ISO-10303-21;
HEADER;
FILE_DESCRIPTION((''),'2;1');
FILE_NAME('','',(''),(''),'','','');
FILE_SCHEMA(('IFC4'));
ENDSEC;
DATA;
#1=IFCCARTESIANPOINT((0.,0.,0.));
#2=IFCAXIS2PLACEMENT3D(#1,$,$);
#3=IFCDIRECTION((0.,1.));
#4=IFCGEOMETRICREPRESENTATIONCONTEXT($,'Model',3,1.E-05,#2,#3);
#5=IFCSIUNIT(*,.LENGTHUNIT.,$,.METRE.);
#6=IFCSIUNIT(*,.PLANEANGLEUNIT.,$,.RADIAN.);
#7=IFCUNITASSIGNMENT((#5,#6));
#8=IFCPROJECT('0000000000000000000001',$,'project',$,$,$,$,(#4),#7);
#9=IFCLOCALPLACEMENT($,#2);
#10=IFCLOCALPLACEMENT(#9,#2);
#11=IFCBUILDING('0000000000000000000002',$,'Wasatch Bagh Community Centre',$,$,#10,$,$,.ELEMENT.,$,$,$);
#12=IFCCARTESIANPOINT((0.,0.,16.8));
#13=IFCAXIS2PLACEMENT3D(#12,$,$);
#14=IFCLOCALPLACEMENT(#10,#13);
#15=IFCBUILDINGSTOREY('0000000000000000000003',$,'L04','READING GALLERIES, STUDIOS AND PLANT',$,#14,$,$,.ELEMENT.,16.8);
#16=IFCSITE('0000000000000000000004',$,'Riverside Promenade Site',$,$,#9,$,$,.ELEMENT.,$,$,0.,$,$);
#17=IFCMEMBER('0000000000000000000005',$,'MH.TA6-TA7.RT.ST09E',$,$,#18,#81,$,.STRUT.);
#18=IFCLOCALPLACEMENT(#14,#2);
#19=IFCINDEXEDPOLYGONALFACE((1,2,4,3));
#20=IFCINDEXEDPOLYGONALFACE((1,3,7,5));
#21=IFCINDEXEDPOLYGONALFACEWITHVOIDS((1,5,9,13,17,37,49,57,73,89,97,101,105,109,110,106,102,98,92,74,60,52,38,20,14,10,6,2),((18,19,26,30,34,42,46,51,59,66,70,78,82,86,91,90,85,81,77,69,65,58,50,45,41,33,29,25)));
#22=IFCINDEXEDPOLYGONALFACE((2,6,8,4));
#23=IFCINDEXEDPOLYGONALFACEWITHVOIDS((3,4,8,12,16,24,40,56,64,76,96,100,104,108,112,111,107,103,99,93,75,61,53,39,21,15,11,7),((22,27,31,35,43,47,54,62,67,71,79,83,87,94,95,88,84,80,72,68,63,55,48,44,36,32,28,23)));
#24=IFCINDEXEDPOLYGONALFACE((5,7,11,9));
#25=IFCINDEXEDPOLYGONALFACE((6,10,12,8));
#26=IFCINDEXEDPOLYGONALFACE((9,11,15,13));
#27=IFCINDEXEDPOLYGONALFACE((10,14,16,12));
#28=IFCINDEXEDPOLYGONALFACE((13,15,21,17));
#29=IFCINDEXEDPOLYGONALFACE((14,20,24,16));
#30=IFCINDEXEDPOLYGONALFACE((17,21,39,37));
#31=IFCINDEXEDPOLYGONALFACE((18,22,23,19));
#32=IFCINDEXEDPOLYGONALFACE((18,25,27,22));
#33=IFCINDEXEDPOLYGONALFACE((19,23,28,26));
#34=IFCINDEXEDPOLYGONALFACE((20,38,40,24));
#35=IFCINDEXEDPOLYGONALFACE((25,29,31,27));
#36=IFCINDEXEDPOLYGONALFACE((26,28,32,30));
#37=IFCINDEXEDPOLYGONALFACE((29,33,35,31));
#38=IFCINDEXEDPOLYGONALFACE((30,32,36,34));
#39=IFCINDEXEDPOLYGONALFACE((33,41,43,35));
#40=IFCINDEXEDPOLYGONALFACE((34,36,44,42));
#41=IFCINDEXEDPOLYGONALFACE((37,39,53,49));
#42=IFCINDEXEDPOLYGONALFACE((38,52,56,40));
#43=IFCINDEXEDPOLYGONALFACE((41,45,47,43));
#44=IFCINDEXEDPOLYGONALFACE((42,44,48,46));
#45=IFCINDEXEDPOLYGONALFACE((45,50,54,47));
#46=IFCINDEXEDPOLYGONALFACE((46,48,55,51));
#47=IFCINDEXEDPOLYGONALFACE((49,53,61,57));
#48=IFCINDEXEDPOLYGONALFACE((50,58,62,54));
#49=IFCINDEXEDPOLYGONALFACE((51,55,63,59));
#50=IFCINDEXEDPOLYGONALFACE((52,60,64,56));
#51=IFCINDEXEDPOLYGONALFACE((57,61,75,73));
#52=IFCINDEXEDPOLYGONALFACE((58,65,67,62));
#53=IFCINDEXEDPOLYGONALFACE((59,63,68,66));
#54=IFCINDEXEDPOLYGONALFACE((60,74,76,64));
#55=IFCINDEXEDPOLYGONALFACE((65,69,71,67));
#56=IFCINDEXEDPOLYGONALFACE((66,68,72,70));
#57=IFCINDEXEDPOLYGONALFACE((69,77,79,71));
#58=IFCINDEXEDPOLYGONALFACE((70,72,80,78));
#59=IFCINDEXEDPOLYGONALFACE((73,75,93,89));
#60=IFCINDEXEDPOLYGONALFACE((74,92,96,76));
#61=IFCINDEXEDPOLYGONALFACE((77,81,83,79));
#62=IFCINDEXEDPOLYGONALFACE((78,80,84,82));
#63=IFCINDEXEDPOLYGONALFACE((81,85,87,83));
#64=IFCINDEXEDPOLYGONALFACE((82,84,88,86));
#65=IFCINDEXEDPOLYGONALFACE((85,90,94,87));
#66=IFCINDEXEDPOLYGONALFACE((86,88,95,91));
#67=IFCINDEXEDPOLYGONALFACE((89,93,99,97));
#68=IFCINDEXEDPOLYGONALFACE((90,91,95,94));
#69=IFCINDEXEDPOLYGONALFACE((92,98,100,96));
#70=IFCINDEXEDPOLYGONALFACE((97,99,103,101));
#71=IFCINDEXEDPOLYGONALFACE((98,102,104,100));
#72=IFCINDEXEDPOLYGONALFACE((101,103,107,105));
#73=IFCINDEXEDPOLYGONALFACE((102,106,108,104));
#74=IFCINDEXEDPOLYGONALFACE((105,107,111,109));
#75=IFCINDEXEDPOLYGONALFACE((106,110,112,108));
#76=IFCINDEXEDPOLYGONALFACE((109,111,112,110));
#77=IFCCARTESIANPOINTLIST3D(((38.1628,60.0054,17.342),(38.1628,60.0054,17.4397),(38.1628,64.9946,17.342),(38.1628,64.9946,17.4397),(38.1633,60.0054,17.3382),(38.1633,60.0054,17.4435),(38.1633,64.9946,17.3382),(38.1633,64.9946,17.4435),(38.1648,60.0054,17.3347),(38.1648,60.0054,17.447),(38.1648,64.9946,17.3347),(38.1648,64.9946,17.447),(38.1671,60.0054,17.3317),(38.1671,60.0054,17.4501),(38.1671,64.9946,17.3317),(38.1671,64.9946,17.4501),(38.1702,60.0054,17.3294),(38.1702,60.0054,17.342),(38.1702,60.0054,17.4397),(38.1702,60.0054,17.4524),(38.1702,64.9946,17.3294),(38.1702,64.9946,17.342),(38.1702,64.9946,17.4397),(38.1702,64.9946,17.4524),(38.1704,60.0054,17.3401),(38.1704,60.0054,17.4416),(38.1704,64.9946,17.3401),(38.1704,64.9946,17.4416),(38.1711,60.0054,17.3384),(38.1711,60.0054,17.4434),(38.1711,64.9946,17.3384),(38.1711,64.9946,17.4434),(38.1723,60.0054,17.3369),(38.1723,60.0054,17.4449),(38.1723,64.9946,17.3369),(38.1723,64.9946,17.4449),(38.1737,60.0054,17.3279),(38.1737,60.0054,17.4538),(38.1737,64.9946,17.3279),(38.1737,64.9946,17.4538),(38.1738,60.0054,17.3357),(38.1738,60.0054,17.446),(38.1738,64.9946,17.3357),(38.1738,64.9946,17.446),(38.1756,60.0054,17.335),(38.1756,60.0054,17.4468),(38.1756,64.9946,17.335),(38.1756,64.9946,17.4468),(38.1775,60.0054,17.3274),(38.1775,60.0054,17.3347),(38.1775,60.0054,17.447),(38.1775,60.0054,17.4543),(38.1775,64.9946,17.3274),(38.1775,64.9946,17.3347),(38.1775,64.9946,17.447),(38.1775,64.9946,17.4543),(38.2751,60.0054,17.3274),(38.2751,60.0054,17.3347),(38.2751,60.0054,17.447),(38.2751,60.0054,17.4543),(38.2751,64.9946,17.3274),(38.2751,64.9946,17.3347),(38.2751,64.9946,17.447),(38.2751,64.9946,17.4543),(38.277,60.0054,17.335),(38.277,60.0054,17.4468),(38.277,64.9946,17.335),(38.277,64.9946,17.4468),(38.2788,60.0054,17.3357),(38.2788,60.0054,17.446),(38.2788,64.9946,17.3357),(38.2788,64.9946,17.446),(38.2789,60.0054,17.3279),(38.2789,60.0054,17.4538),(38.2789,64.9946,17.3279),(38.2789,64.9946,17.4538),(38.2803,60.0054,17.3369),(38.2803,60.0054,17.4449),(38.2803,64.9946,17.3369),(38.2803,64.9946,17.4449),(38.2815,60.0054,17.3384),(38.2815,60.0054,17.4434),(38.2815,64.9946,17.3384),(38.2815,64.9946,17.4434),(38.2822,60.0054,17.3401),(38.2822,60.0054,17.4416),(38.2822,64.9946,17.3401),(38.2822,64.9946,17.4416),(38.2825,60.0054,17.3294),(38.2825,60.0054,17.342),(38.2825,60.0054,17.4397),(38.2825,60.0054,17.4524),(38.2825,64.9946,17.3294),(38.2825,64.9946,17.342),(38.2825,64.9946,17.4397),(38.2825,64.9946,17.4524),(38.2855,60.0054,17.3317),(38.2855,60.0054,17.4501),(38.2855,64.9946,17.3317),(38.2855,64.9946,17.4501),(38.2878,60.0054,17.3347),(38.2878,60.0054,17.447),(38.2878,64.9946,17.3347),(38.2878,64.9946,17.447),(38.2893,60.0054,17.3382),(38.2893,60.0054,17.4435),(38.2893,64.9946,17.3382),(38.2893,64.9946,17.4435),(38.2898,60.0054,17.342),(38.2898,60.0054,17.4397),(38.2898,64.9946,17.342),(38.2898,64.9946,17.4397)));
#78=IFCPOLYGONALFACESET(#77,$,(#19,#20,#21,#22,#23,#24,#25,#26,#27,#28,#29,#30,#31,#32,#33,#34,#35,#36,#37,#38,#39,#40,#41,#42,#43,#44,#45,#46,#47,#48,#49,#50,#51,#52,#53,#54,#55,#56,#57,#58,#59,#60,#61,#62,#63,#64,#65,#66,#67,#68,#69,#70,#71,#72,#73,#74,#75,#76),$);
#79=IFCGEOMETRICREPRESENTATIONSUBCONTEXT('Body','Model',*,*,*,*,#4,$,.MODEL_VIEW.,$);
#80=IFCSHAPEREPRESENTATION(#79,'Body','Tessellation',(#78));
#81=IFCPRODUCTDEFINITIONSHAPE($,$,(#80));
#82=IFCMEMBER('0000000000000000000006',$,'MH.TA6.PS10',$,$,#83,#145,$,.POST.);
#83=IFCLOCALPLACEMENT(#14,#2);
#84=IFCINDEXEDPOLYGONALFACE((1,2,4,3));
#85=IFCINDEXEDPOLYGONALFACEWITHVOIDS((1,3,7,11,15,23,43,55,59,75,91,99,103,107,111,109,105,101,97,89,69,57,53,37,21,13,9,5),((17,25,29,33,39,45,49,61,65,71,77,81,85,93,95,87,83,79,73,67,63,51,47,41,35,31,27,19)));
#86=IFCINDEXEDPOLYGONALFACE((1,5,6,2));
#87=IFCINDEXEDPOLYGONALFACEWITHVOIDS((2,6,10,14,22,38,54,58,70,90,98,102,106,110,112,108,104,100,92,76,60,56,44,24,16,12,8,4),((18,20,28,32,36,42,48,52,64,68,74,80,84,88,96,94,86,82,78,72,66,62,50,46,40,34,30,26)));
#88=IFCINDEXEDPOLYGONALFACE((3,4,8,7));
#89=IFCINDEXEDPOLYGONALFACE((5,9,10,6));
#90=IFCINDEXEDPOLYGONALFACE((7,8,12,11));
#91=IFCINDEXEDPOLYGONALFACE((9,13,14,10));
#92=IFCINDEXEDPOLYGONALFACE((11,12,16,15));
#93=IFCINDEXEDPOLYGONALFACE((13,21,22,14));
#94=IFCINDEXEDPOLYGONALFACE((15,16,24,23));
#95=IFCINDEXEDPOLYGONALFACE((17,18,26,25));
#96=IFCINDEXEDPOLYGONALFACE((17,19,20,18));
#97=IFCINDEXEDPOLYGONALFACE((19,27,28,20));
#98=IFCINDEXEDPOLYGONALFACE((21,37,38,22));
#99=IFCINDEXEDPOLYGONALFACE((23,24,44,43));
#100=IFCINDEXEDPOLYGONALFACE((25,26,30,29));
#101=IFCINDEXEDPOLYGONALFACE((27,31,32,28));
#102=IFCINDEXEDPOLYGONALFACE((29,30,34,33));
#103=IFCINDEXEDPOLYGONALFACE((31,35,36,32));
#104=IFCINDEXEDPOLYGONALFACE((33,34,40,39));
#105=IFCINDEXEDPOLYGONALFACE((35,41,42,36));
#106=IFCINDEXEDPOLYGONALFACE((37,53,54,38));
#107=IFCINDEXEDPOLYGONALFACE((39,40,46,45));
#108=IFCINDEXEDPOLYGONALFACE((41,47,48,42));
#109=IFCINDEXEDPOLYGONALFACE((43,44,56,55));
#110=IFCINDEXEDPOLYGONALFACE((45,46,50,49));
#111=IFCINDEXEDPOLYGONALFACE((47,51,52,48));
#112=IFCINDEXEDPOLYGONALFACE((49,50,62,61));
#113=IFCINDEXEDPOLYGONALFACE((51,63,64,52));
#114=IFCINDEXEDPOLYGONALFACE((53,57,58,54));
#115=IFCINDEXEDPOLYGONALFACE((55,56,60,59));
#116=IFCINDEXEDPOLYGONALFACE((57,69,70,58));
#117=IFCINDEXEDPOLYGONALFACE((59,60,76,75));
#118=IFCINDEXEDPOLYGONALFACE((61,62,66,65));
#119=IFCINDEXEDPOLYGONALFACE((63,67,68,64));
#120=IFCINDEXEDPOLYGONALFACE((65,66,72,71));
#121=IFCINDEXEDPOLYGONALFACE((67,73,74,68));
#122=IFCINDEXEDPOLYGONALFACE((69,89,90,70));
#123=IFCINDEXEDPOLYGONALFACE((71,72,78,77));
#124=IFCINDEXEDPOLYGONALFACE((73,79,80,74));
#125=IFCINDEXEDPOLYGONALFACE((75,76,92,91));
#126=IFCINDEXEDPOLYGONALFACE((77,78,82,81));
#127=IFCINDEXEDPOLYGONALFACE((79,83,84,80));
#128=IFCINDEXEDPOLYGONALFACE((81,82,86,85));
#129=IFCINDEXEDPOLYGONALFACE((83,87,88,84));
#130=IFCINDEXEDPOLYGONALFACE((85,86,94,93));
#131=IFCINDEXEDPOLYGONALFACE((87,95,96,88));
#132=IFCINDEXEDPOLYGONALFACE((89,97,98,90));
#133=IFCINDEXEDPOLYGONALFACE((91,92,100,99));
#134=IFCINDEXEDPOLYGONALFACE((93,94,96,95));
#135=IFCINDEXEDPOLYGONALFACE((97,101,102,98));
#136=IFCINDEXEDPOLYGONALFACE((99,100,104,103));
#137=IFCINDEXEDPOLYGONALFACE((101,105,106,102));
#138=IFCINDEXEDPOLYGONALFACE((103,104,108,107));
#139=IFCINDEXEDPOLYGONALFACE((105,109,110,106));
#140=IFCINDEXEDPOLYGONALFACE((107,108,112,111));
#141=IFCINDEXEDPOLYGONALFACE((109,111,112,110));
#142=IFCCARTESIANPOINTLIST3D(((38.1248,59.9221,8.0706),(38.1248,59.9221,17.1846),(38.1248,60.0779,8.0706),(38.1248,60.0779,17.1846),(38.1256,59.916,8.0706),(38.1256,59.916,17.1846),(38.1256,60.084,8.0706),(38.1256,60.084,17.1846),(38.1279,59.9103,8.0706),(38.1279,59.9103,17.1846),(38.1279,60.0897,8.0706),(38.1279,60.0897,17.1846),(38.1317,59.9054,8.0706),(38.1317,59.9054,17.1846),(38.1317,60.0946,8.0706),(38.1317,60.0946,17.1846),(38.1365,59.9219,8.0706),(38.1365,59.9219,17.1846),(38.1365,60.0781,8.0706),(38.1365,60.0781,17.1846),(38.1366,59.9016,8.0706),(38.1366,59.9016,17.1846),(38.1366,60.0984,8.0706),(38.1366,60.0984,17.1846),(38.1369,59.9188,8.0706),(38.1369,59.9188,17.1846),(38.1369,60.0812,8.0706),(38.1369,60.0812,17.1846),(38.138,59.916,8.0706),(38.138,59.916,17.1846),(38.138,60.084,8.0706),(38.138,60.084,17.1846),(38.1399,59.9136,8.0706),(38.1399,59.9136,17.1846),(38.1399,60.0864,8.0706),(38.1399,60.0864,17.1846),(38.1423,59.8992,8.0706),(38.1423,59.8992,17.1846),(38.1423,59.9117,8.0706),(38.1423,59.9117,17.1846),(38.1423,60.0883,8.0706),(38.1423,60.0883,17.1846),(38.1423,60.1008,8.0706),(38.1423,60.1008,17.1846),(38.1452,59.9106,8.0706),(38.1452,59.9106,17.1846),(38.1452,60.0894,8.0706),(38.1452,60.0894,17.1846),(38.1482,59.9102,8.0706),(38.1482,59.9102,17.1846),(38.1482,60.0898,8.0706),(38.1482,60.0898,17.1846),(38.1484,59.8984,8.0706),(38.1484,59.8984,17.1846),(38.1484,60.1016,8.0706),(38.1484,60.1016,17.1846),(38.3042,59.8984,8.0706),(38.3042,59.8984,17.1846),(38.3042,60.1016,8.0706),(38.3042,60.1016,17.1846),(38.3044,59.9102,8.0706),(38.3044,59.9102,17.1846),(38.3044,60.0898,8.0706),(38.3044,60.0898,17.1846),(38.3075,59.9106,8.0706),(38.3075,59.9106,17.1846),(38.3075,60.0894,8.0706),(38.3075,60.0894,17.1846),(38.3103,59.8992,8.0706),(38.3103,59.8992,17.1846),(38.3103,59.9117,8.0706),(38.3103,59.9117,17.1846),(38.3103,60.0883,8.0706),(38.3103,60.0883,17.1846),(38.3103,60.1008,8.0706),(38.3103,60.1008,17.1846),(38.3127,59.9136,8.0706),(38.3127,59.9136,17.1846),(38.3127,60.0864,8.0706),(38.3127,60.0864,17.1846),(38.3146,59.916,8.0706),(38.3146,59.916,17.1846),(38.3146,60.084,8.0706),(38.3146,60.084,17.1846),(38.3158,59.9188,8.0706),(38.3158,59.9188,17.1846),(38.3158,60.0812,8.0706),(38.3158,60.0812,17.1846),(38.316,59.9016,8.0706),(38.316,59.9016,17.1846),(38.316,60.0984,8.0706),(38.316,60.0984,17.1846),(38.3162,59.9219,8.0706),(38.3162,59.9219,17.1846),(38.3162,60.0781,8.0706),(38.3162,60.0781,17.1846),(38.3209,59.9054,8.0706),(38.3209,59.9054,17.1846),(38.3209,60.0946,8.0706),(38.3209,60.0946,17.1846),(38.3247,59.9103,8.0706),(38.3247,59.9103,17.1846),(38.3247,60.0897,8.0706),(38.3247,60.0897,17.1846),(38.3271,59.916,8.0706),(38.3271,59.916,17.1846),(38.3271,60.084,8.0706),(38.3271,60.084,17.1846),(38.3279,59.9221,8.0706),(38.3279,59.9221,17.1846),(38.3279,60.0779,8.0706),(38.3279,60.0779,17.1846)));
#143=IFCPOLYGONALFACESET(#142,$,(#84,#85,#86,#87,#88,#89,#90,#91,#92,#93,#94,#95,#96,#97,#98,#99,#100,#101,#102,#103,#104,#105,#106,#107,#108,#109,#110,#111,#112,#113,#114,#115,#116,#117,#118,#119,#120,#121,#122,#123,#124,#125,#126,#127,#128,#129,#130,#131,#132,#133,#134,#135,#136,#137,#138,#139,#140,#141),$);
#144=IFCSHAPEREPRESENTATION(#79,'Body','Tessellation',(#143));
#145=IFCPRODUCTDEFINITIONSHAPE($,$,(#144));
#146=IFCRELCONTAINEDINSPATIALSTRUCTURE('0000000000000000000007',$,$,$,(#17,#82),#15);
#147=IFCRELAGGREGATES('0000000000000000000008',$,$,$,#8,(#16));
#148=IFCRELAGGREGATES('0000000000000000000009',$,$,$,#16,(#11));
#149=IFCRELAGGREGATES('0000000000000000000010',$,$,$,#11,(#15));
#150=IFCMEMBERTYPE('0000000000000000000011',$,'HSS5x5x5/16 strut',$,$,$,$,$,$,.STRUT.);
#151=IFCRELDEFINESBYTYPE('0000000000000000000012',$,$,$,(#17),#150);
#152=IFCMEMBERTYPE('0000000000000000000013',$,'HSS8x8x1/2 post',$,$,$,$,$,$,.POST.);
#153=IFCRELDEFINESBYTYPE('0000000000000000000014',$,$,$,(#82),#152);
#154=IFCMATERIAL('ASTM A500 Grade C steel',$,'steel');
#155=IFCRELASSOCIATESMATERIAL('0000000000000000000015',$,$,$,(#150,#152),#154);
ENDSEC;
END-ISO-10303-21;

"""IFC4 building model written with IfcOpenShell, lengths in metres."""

from ifc_helpers import new_model, si_unit, direction, frame, origin, origin_2d, place, context, subcontext, project, spatial, hollow_rectangle, extrude, material, material_profile, profile_set, type_object, element, save


model = new_model("IFC4")

# Units and contexts
model_context = context("Model", 3, precision=1e-05, world=origin(), true_north=direction((0.0, 1.0)))
body_context = subcontext(model_context, "Body", "Model", "MODEL_VIEW")
ifc_project = project(units=[si_unit("LENGTHUNIT", "METRE"), si_unit("PLANEANGLEUNIT", "RADIAN")], contexts=[model_context])

# Site, building, storey
site_placement = place(None, origin())
site = spatial("IfcSite", under=ifc_project, at=site_placement, Name="Riverside Promenade Site", CompositionType="ELEMENT", RefElevation=0.0)
building_placement = place(site_placement, origin())
building = spatial("IfcBuilding", under=site, at=building_placement, Name="Wasatch Bagh Community Centre", CompositionType="ELEMENT")
storey_placement = place(building_placement, frame((0.0, 0.0, 16.8)))
storey = spatial("IfcBuildingStorey", under=building, at=storey_placement, Name="L04", Description="READING GALLERIES, STUDIOS AND PLANT", CompositionType="ELEMENT", Elevation=16.8)

# Members
ifc_material_1 = material(Name="ASTM A500 Grade C steel", Category="steel")
ifc_material_profile_1 = material_profile(ifc_material_1, hollow_rectangle(XDim=0.127, YDim=0.127, WallThickness=0.0073, InnerFilletRadius=0.0073, OuterFilletRadius=0.0146, at=origin_2d()), Name="HSS5x5x5/16")
ifc_profile_set_1 = profile_set([ifc_material_profile_1], Name="ASTM A500 Grade C steel")
member_type_1 = type_object("IfcMemberType", Name="HSS5x5x5/16 strut", PredefinedType="STRUT", material=ifc_profile_set_1)
for number, where, z_axis, x_axis, name in (
    (1, (38.2263, 60.0054, 17.3909), (0.0, 1.0, 0.0), (-1.0, 0.0, 0.0), "MH.TA6-TA7.RT.ST09E"),
):
    element("IfcMember", number, at=place(storey_placement, frame(where, z_axis=z_axis, x_axis=x_axis)), inside=storey, type_object=member_type_1, Name=name, PredefinedType="STRUT", context=body_context, shape_type="SweptSolid", body=[
        extrude(hollow_rectangle(XDim=0.127, YDim=0.127, WallThickness=0.0073, InnerFilletRadius=0.0073, OuterFilletRadius=0.0146, at=origin_2d()), origin(), (0.0, 0.0, 1.0), 4.9893),
    ])
ifc_material_profile_2 = material_profile(ifc_material_1, hollow_rectangle(XDim=0.2031, YDim=0.2031, WallThickness=0.0117, InnerFilletRadius=0.0117, OuterFilletRadius=0.0237, at=origin_2d()), Name="HSS8x8x1/2")
ifc_profile_set_2 = profile_set([ifc_material_profile_2], Name="ASTM A500 Grade C steel")
member_type_2 = type_object("IfcMemberType", Name="HSS8x8x1/2 post", PredefinedType="POST", material=ifc_profile_set_2)
member_1_placement = place(storey_placement, frame((38.2263, 60.0, 8.0706), z_axis=(0.0, 0.0, 1.0), x_axis=(1.0, 0.0, 0.0)))
element("IfcMember", 2, at=member_1_placement, inside=storey, type_object=member_type_2, Name="MH.TA6.PS10", PredefinedType="POST", context=body_context, shape_type="SweptSolid", body=[
    extrude(hollow_rectangle(XDim=0.2031, YDim=0.2031, WallThickness=0.0117, InnerFilletRadius=0.0117, OuterFilletRadius=0.0237, at=origin_2d()), origin(), (0.0, 0.0, 1.0), 9.114),
])

save(model, "model.ifc")
